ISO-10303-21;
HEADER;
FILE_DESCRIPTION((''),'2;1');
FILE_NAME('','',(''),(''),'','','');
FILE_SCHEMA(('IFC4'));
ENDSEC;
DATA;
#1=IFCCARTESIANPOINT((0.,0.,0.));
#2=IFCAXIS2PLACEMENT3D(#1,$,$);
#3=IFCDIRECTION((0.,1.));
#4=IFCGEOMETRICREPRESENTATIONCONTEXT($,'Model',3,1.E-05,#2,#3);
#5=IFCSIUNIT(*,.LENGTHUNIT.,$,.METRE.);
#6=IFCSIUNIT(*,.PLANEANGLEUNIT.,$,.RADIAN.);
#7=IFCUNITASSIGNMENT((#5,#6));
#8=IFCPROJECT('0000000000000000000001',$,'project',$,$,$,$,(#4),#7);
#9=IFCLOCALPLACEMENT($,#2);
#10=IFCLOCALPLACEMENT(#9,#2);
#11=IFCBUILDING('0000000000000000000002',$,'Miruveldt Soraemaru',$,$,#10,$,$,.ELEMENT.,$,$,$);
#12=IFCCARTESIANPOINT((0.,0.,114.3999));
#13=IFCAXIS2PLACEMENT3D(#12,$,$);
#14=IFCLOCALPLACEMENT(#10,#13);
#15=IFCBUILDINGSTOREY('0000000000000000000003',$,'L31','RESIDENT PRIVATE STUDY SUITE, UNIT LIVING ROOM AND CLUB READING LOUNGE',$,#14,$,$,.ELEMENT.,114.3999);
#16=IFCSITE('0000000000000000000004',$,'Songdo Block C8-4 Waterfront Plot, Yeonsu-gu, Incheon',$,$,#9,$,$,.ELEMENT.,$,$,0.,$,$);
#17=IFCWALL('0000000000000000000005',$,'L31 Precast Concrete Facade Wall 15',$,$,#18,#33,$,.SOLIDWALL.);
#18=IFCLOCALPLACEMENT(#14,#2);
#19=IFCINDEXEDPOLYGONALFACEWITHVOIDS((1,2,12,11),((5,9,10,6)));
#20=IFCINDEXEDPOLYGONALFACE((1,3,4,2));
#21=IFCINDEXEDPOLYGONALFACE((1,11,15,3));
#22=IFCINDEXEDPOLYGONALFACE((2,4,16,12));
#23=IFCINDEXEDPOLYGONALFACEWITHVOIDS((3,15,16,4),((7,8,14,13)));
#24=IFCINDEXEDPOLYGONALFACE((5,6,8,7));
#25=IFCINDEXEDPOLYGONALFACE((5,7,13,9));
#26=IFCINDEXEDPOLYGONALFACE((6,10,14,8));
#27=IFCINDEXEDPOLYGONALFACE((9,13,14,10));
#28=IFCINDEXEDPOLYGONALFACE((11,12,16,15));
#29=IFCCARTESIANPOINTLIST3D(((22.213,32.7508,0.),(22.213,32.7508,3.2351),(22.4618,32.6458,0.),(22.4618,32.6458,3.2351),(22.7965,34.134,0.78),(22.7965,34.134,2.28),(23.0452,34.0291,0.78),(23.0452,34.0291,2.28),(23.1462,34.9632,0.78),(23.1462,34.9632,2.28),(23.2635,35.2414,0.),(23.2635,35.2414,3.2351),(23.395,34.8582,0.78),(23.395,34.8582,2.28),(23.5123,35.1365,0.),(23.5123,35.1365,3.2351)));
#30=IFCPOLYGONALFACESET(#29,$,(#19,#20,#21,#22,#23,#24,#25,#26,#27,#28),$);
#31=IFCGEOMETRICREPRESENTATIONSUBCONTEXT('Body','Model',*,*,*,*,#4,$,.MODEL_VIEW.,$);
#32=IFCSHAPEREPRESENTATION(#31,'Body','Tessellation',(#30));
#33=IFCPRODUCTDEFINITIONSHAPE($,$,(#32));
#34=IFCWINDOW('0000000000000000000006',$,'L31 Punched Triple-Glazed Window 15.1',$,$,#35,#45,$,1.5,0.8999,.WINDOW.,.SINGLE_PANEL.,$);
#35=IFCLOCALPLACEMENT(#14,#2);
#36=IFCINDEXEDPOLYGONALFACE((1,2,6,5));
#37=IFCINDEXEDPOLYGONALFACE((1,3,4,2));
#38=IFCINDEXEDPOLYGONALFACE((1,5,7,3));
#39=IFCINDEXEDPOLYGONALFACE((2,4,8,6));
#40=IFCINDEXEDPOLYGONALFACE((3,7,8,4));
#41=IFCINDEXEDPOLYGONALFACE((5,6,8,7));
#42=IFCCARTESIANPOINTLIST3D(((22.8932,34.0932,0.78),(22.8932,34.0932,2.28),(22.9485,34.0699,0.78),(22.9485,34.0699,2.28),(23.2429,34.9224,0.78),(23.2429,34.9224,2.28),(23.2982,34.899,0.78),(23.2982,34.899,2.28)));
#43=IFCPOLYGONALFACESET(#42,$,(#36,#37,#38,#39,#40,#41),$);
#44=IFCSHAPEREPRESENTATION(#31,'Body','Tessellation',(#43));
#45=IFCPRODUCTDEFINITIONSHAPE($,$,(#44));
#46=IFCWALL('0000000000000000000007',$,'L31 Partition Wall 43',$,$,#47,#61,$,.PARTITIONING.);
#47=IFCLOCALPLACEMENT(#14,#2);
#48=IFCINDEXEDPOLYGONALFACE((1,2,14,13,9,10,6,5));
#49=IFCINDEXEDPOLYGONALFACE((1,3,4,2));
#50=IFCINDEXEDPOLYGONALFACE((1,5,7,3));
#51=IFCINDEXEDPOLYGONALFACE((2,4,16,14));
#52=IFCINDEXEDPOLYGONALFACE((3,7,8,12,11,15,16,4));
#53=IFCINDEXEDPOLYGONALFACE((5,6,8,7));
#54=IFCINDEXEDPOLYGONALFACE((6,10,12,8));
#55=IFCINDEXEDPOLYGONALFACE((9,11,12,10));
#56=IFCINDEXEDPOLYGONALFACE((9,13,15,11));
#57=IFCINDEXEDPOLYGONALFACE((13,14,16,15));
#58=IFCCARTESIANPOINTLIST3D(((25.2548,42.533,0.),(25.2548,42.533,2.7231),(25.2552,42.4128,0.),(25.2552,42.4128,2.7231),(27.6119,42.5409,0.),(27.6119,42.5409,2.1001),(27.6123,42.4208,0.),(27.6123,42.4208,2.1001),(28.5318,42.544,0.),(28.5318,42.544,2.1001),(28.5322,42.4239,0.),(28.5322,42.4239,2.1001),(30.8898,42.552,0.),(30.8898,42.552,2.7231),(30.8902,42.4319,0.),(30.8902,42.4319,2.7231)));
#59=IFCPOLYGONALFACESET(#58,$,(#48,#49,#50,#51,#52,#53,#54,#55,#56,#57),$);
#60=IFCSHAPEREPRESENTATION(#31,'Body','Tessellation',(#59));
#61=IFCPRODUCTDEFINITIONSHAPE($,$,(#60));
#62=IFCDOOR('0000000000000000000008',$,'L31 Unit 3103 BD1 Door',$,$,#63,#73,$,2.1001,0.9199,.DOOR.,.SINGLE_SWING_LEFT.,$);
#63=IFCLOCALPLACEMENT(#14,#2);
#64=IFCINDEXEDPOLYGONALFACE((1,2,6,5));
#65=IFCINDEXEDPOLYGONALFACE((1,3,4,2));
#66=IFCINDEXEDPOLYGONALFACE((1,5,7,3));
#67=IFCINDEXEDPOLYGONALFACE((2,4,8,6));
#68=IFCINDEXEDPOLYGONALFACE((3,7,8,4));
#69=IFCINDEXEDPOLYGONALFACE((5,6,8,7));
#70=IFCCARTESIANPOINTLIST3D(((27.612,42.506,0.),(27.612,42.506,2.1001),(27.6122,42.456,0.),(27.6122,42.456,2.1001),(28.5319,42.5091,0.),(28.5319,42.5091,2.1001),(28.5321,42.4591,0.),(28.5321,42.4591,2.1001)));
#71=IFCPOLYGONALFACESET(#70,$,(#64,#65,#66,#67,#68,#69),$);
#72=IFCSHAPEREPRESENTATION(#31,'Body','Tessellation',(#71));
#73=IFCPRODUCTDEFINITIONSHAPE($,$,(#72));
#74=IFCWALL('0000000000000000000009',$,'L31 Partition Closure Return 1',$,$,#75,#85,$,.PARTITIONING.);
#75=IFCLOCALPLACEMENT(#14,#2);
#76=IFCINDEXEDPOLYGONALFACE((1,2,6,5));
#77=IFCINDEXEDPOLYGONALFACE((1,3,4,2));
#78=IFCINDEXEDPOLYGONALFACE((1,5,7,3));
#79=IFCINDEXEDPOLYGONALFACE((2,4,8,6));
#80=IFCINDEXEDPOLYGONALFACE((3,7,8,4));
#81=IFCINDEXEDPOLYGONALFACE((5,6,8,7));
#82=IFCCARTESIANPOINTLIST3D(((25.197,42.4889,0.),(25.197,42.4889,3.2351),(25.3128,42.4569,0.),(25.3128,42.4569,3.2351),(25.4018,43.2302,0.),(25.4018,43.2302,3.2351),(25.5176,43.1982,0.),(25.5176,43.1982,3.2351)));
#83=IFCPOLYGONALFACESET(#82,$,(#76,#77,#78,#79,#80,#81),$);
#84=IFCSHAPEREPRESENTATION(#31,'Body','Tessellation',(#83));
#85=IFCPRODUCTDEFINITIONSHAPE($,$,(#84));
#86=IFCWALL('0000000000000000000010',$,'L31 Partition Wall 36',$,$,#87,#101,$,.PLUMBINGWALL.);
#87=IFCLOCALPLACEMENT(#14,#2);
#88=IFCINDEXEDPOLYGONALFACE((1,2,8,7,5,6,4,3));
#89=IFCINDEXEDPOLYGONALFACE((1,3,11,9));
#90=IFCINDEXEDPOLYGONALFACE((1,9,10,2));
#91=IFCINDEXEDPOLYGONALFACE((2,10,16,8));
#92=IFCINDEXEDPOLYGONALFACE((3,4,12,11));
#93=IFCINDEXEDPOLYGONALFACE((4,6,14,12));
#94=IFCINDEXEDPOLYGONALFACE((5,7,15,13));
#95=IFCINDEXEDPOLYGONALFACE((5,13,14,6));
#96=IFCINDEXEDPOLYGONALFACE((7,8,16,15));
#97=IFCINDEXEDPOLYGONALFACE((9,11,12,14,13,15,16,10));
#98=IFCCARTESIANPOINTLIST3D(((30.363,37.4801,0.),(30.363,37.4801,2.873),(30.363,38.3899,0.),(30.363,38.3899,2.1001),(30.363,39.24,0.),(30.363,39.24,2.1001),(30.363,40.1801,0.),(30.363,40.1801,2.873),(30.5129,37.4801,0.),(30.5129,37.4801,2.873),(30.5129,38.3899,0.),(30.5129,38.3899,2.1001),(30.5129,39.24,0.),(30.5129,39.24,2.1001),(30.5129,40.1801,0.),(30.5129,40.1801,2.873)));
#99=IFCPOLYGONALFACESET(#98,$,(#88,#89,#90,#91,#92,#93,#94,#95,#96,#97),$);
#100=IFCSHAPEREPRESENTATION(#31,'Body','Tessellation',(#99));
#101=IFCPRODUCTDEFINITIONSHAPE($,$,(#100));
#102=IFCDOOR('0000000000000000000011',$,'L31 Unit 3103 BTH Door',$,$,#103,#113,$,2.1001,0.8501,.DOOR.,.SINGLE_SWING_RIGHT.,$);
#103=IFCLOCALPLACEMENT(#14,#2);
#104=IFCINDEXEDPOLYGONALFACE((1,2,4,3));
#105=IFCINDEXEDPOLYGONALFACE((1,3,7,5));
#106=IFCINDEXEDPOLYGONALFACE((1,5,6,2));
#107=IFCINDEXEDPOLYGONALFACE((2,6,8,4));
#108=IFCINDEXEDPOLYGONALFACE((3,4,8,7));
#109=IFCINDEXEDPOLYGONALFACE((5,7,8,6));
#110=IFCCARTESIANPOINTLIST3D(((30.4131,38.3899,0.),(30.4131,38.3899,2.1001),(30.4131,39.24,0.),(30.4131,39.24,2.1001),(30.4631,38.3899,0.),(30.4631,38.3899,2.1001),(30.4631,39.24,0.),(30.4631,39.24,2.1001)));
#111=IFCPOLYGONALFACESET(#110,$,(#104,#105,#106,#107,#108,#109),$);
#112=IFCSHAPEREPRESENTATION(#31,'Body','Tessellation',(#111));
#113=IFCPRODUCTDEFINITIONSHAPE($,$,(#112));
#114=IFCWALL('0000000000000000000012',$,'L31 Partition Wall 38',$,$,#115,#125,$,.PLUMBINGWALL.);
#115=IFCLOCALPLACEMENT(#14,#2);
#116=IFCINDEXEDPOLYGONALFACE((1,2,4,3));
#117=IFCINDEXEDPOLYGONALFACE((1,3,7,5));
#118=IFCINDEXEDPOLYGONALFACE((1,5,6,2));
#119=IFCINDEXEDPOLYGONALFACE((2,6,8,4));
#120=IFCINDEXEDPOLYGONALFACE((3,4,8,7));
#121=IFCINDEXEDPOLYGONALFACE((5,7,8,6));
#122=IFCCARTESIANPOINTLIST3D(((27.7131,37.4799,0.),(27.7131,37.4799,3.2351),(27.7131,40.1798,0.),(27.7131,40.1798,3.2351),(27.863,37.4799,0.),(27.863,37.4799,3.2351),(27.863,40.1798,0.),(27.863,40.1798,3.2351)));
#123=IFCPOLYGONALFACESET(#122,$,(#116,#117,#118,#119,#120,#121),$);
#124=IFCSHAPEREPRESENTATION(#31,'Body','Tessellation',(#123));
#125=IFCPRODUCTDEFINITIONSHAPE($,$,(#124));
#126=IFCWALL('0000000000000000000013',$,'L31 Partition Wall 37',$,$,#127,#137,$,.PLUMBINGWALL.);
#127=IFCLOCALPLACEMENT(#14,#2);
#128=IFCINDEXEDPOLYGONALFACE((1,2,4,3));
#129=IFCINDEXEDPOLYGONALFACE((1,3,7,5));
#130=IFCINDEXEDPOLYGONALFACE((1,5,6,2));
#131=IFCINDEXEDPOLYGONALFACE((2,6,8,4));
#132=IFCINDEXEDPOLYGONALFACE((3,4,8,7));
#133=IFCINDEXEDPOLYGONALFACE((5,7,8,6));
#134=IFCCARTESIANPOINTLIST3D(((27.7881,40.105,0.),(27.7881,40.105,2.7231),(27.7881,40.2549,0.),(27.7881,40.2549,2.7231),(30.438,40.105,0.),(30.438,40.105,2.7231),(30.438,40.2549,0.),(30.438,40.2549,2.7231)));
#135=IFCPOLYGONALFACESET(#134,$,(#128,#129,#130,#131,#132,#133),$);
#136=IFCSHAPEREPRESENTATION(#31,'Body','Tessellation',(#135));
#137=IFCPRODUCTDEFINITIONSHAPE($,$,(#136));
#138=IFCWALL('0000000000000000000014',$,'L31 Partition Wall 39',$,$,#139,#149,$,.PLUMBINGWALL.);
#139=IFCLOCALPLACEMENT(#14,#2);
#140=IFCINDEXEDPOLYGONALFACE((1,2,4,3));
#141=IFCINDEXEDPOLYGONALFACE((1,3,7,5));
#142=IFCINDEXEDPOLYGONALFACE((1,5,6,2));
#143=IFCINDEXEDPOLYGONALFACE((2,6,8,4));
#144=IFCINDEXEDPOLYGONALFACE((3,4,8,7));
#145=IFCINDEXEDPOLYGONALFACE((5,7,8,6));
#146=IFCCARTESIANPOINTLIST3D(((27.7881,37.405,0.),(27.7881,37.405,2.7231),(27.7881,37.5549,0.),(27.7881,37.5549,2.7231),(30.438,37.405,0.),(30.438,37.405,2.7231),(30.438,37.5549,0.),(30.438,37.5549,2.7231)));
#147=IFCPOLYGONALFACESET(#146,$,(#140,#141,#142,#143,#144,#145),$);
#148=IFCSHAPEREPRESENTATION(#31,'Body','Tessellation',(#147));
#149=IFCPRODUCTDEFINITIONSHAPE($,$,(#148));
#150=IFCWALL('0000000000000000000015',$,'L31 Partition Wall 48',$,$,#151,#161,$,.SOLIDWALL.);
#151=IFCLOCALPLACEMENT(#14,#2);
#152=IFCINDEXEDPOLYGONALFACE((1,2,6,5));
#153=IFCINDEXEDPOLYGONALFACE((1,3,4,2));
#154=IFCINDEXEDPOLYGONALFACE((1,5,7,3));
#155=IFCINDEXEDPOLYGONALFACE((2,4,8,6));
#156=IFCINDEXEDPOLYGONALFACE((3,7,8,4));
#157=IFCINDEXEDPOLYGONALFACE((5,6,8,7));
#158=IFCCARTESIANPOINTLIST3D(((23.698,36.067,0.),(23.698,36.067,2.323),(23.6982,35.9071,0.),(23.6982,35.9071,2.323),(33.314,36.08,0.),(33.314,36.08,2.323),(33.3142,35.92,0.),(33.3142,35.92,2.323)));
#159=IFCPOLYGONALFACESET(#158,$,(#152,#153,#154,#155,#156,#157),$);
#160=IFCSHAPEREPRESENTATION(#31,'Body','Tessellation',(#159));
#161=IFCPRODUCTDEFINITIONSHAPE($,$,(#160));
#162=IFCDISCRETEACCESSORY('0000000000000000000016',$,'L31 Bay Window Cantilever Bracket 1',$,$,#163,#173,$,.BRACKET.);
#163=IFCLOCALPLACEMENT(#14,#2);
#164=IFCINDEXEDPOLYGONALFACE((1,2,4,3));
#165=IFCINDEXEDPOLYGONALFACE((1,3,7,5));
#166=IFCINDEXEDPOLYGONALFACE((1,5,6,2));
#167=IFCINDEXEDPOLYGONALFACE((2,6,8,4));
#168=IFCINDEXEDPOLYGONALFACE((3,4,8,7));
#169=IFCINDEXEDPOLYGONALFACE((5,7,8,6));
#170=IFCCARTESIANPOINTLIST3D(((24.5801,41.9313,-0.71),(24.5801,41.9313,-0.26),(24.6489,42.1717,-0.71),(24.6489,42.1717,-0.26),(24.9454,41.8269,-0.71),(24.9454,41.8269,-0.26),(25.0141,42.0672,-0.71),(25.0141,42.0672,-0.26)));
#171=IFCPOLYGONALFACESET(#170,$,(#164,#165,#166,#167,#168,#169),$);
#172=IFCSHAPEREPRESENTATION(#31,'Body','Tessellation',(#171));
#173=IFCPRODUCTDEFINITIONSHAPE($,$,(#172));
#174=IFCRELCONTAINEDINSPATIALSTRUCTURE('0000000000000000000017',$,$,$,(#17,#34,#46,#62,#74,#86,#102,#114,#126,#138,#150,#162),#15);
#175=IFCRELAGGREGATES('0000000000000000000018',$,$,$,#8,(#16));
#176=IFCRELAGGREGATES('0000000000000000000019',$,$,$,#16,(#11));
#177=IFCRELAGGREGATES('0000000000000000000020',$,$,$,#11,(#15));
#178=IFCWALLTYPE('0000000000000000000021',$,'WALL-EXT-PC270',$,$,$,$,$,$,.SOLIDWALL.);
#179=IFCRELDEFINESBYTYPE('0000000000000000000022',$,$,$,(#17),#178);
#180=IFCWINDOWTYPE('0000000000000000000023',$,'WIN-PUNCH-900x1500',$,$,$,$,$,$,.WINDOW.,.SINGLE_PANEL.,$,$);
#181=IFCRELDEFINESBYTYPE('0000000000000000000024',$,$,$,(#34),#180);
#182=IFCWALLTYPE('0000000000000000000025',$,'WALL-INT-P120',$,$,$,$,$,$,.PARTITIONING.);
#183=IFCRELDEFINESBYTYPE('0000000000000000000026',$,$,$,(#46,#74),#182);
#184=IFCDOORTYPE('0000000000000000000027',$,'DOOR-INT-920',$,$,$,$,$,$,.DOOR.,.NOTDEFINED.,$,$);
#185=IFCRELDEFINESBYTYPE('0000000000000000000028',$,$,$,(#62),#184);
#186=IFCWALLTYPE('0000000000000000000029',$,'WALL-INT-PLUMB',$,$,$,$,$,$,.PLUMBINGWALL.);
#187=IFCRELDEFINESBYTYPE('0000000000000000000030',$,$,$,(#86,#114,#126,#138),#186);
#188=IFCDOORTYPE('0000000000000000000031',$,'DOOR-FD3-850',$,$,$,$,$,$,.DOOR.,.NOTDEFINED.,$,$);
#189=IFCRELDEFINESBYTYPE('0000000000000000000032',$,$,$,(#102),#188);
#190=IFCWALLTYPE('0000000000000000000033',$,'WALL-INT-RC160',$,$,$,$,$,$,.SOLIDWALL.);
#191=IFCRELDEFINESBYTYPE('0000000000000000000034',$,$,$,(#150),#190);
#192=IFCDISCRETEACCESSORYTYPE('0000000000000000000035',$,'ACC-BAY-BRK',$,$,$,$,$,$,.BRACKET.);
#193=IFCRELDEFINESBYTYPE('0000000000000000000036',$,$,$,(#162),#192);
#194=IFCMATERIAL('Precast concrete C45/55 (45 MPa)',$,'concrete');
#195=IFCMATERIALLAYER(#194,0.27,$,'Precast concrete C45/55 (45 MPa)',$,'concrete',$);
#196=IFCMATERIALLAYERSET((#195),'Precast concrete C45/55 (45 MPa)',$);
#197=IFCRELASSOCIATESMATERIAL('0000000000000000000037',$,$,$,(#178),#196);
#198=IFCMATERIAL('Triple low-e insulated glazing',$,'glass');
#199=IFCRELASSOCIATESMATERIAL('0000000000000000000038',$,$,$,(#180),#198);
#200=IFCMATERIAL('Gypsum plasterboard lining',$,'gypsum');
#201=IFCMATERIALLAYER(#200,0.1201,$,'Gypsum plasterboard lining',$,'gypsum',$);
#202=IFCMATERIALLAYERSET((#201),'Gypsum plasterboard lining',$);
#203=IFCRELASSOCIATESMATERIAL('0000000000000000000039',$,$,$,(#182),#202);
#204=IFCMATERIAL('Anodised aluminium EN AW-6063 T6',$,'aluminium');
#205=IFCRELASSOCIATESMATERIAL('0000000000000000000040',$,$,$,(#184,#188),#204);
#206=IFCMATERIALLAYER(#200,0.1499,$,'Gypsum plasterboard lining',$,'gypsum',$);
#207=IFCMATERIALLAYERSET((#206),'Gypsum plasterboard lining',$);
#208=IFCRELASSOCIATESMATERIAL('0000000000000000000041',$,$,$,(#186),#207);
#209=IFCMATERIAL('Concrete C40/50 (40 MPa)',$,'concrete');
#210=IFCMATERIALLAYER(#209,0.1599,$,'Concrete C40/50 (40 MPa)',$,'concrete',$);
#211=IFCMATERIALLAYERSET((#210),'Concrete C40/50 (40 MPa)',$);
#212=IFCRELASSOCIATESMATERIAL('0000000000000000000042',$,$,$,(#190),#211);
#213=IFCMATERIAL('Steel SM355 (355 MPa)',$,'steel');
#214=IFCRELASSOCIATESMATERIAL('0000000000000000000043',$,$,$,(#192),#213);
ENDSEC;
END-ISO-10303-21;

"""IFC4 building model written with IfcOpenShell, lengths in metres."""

from ifc_helpers import new_model, si_unit, direction, frame, frame_2d, origin, origin_2d, place, context, subcontext, project, spatial, rectangle, extrude, material, layer, layer_set, type_object, element, fill, save


model = new_model("IFC4")

# Units and contexts
model_context = context("Model", 3, precision=1e-05, world=origin(), true_north=direction((0.0, 1.0)))
body_context = subcontext(model_context, "Body", "Model", "MODEL_VIEW")
ifc_project = project(units=[si_unit("LENGTHUNIT", "METRE"), si_unit("PLANEANGLEUNIT", "RADIAN")], contexts=[model_context])

# Site, building, storey
site_placement = place(None, origin())
site = spatial("IfcSite", under=ifc_project, at=site_placement, Name="Songdo Block C8-4 Waterfront Plot, Yeonsu-gu, Incheon", CompositionType="ELEMENT", RefElevation=0.0)
building_placement = place(site_placement, origin())
building = spatial("IfcBuilding", under=site, at=building_placement, Name="Miruveldt Soraemaru", CompositionType="ELEMENT")
storey_placement = place(building_placement, frame((0.0, 0.0, 114.3999)))
storey = spatial("IfcBuildingStorey", under=building, at=storey_placement, Name="L31", Description="RESIDENT PRIVATE STUDY SUITE, UNIT LIVING ROOM AND CLUB READING LOUNGE", CompositionType="ELEMENT", Elevation=114.3999)

# Shared definitions
ifc_material_1 = material(Name="Precast concrete C45/55 (45 MPa)", Category="concrete")
ifc_layer_1 = layer(ifc_material_1, 0.27, Name="Precast concrete C45/55 (45 MPa)", Category="concrete")
ifc_layer_set_1 = layer_set([ifc_layer_1], Name="Precast concrete C45/55 (45 MPa)")
wall_type_1 = type_object("IfcWallType", Name="WALL-EXT-PC270", PredefinedType="SOLIDWALL", material=ifc_layer_set_1)

# Wall, opening, window
ifc_material_2 = material(Name="Triple low-e insulated glazing", Category="glass")
wall_1_placement = place(storey_placement, frame((23.3879, 35.189, 0.0), z_axis=(0.0, 0.0, 1.0), x_axis=(-0.388626, -0.921395, 0.0)))
wall_1 = element("IfcWall", 1, at=wall_1_placement, inside=storey, type_object=wall_type_1, Name="L31 Precast Concrete Facade Wall 15", PredefinedType="SOLIDWALL", context=body_context, shape_type="SweptSolid", body=[
    extrude(rectangle(XDim=2.7031, YDim=0.27, at=frame_2d((1.3516, 0.0))), origin(), (0.0, 0.0, 1.0), 3.2351),
])
opening_1_placement = place(wall_1_placement, frame((0.302, 0.0, 0.78)))
opening_1 = element("IfcOpeningElement", 2, at=opening_1_placement, cuts=wall_1, PredefinedType="OPENING", context=body_context, shape_type="SweptSolid", body=[
    extrude(rectangle(XDim=0.8999, YDim=1.5, at=frame_2d((0.45, 0.75))), frame((0.0, 0.145, 0.0), z_axis=(0.0, -1.0, 0.0), x_axis=(1.0, 0.0, 0.0)), (0.0, 0.0, 1.0), 0.29),
])
window_type_1 = type_object("IfcWindowType", Name="WIN-PUNCH-900x1500", PartitioningType="SINGLE_PANEL", PredefinedType="WINDOW", material=ifc_material_2)
window_1_placement = place(opening_1_placement, origin())
window_1 = element("IfcWindow", 3, at=window_1_placement, inside=storey, type_object=window_type_1, Name="L31 Punched Triple-Glazed Window 15.1", OverallHeight=1.5, OverallWidth=0.8999, PartitioningType="SINGLE_PANEL", PredefinedType="WINDOW", context=body_context, shape_type="SweptSolid", body=[
    extrude(rectangle(XDim=0.8999, YDim=1.5, at=frame_2d((0.45, 0.75))), frame((0.0, 0.03, 0.0), z_axis=(0.0, -1.0, 0.0), x_axis=(1.0, 0.0, 0.0)), (0.0, 0.0, 1.0), 0.0601),
])
fill(opening_1, window_1)

# Wall, opening, door
ifc_material_3 = material(Name="Gypsum plasterboard lining", Category="gypsum")
ifc_layer_2 = layer(ifc_material_3, 0.1201, Name="Gypsum plasterboard lining", Category="gypsum")
ifc_layer_set_2 = layer_set([ifc_layer_2], Name="Gypsum plasterboard lining")
wall_type_2 = type_object("IfcWallType", Name="WALL-INT-P120", PredefinedType="PARTITIONING", material=ifc_layer_set_2)
wall_2_placement = place(storey_placement, frame((30.8899, 42.4919, 0.0), z_axis=(0.0, 0.0, 1.0), x_axis=(-0.999994, -0.003379, 0.0)))
wall_2 = element("IfcWall", 4, at=wall_2_placement, inside=storey, type_object=wall_type_2, Name="L31 Partition Wall 43", PredefinedType="PARTITIONING", context=body_context, shape_type="SweptSolid", body=[
    extrude(rectangle(XDim=5.635, YDim=0.1201, at=frame_2d((2.8174, 0.0))), origin(), (0.0, 0.0, 1.0), 2.7231),
])
opening_2_placement = place(wall_2_placement, frame((2.3579, 0.0, 0.0)))
opening_2 = element("IfcOpeningElement", 5, at=opening_2_placement, cuts=wall_2, PredefinedType="OPENING", context=body_context, shape_type="SweptSolid", body=[
    extrude(rectangle(XDim=0.9199, YDim=2.1001, at=frame_2d((0.46, 1.05))), frame((0.0, 0.0701, 0.0), z_axis=(0.0, -1.0, 0.0), x_axis=(1.0, 0.0, 0.0)), (0.0, 0.0, 1.0), 0.1401),
])
ifc_material_4 = material(Name="Anodised aluminium EN AW-6063 T6", Category="aluminium")
door_type_1 = type_object("IfcDoorType", Name="DOOR-INT-920", OperationType="NOTDEFINED", PredefinedType="DOOR", material=ifc_material_4)
door_1_placement = place(opening_2_placement, origin())
door_1 = element("IfcDoor", 6, at=door_1_placement, inside=storey, type_object=door_type_1, Name="L31 Unit 3103 BD1 Door", OperationType="SINGLE_SWING_LEFT", OverallHeight=2.1001, OverallWidth=0.9199, PredefinedType="DOOR", context=body_context, shape_type="SweptSolid", body=[
    extrude(rectangle(XDim=0.9199, YDim=2.1001, at=frame_2d((0.46, 1.05))), frame((0.0, 0.0249, 0.0), z_axis=(0.0, -1.0, 0.0), x_axis=(1.0, 0.0, 0.0)), (0.0, 0.0, 1.0), 0.05),
])
fill(opening_2, door_1)

# Wall
wall_3_placement = place(storey_placement, frame((25.2549, 42.4729, 0.0), z_axis=(0.0, 0.0, 1.0), x_axis=(0.266366, 0.963872, 0.0)))
element("IfcWall", 7, at=wall_3_placement, inside=storey, type_object=wall_type_2, Name="L31 Partition Closure Return 1", PredefinedType="PARTITIONING", context=body_context, shape_type="SweptSolid", body=[
    extrude(rectangle(XDim=0.769, YDim=0.1201, at=frame_2d((0.3845, 0.0))), origin(), (0.0, 0.0, 1.0), 3.2351),
])

# Wall, opening, door
ifc_layer_3 = layer(ifc_material_3, 0.1499, Name="Gypsum plasterboard lining", Category="gypsum")
ifc_layer_set_3 = layer_set([ifc_layer_3], Name="Gypsum plasterboard lining")
wall_type_3 = type_object("IfcWallType", Name="WALL-INT-PLUMB", PredefinedType="PLUMBINGWALL", material=ifc_layer_set_3)
wall_4_placement = place(storey_placement, frame((30.438, 37.48, 0.0), z_axis=(0.0, 0.0, 1.0), x_axis=(0.0, 1.0, 0.0)))
wall_4 = element("IfcWall", 8, at=wall_4_placement, inside=storey, type_object=wall_type_3, Name="L31 Partition Wall 36", PredefinedType="PLUMBINGWALL", context=body_context, shape_type="SweptSolid", body=[
    extrude(rectangle(XDim=2.7, YDim=0.1499, at=frame_2d((1.3501, 0.0))), origin(), (0.0, 0.0, 1.0), 2.873),
])
opening_3_placement = place(wall_4_placement, frame((0.9099, 0.0, 0.0)))
opening_3 = element("IfcOpeningElement", 9, at=opening_3_placement, cuts=wall_4, PredefinedType="OPENING", context=body_context, shape_type="SweptSolid", body=[
    extrude(rectangle(XDim=0.8501, YDim=2.1001, at=frame_2d((0.425, 1.05))), frame((0.0, 0.085, 0.0), z_axis=(0.0, -1.0, 0.0), x_axis=(1.0, 0.0, 0.0)), (0.0, 0.0, 1.0), 0.1699),
])
door_type_2 = type_object("IfcDoorType", Name="DOOR-FD3-850", OperationType="NOTDEFINED", PredefinedType="DOOR", material=ifc_material_4)
door_2_placement = place(opening_3_placement, origin())
door_2 = element("IfcDoor", 10, at=door_2_placement, inside=storey, type_object=door_type_2, Name="L31 Unit 3103 BTH Door", OperationType="SINGLE_SWING_RIGHT", OverallHeight=2.1001, OverallWidth=0.8501, PredefinedType="DOOR", context=body_context, shape_type="SweptSolid", body=[
    extrude(rectangle(XDim=0.8501, YDim=2.1001, at=frame_2d((0.425, 1.05))), frame((0.0, 0.0249, 0.0), z_axis=(0.0, -1.0, 0.0), x_axis=(1.0, 0.0, 0.0)), (0.0, 0.0, 1.0), 0.05),
])
fill(opening_3, door_2)

# Walls
wall_5_placement = place(storey_placement, frame((27.7881, 40.1799, 0.0), z_axis=(0.0, 0.0, 1.0), x_axis=(0.0, -1.0, 0.0)))
element("IfcWall", 11, at=wall_5_placement, inside=storey, type_object=wall_type_3, Name="L31 Partition Wall 38", PredefinedType="PLUMBINGWALL", context=body_context, shape_type="SweptSolid", body=[
    extrude(rectangle(XDim=2.7, YDim=0.1499, at=frame_2d((1.3501, 0.0))), origin(), (0.0, 0.0, 1.0), 3.2351),
])
for number, where, z_axis, x_axis, name in (
    (12, (30.438, 40.1799, 0.0), (0.0, 0.0, 1.0), (-1.0, 0.0, 0.0), "L31 Partition Wall 37"),
    (13, (27.7881, 37.48, 0.0), (0.0, 0.0, 1.0), (1.0, 0.0, 0.0), "L31 Partition Wall 39"),
):
    element("IfcWall", number, at=place(storey_placement, frame(where, z_axis=z_axis, x_axis=x_axis)), inside=storey, type_object=wall_type_3, Name=name, PredefinedType="PLUMBINGWALL", context=body_context, shape_type="SweptSolid", body=[
        extrude(rectangle(XDim=2.6499, YDim=0.1499, at=frame_2d((1.325, 0.0))), origin(), (0.0, 0.0, 1.0), 2.7231),
    ])
ifc_material_5 = material(Name="Concrete C40/50 (40 MPa)", Category="concrete")
ifc_layer_4 = layer(ifc_material_5, 0.1599, Name="Concrete C40/50 (40 MPa)", Category="concrete")
ifc_layer_set_4 = layer_set([ifc_layer_4], Name="Concrete C40/50 (40 MPa)")
wall_type_4 = type_object("IfcWallType", Name="WALL-INT-RC160", PredefinedType="SOLIDWALL", material=ifc_layer_set_4)
wall_6_placement = place(storey_placement, frame((23.698, 35.9871, 0.0), z_axis=(0.0, 0.0, 1.0), x_axis=(0.999999, 0.001346, 0.0)))
element("IfcWall", 14, at=wall_6_placement, inside=storey, type_object=wall_type_4, Name="L31 Partition Wall 48", PredefinedType="SOLIDWALL", context=body_context, shape_type="SweptSolid", body=[
    extrude(rectangle(XDim=9.616, YDim=0.1599, at=frame_2d((4.8081, 0.0))), origin(), (0.0, 0.0, 1.0), 2.323),
])

# Discrete accessory
ifc_material_6 = material(Name="Steel SM355 (355 MPa)", Category="steel")
discrete_accessory_type = type_object("IfcDiscreteAccessoryType", Name="ACC-BAY-BRK", PredefinedType="BRACKET", material=ifc_material_6)
discrete_accessory_placement = place(storey_placement, frame((24.7971, 41.9993, -0.71), z_axis=(0.0, 0.0, 1.0), x_axis=(-0.961454, 0.274966, 0.0)))
element("IfcDiscreteAccessory", 15, at=discrete_accessory_placement, inside=storey, type_object=discrete_accessory_type, Name="L31 Bay Window Cantilever Bracket 1", PredefinedType="BRACKET", context=body_context, shape_type="SweptSolid", body=[
    extrude(rectangle(XDim=0.3799, YDim=0.25, at=origin_2d()), origin(), (0.0, 0.0, 1.0), 0.45),
])

save(model, "model.ifc")
